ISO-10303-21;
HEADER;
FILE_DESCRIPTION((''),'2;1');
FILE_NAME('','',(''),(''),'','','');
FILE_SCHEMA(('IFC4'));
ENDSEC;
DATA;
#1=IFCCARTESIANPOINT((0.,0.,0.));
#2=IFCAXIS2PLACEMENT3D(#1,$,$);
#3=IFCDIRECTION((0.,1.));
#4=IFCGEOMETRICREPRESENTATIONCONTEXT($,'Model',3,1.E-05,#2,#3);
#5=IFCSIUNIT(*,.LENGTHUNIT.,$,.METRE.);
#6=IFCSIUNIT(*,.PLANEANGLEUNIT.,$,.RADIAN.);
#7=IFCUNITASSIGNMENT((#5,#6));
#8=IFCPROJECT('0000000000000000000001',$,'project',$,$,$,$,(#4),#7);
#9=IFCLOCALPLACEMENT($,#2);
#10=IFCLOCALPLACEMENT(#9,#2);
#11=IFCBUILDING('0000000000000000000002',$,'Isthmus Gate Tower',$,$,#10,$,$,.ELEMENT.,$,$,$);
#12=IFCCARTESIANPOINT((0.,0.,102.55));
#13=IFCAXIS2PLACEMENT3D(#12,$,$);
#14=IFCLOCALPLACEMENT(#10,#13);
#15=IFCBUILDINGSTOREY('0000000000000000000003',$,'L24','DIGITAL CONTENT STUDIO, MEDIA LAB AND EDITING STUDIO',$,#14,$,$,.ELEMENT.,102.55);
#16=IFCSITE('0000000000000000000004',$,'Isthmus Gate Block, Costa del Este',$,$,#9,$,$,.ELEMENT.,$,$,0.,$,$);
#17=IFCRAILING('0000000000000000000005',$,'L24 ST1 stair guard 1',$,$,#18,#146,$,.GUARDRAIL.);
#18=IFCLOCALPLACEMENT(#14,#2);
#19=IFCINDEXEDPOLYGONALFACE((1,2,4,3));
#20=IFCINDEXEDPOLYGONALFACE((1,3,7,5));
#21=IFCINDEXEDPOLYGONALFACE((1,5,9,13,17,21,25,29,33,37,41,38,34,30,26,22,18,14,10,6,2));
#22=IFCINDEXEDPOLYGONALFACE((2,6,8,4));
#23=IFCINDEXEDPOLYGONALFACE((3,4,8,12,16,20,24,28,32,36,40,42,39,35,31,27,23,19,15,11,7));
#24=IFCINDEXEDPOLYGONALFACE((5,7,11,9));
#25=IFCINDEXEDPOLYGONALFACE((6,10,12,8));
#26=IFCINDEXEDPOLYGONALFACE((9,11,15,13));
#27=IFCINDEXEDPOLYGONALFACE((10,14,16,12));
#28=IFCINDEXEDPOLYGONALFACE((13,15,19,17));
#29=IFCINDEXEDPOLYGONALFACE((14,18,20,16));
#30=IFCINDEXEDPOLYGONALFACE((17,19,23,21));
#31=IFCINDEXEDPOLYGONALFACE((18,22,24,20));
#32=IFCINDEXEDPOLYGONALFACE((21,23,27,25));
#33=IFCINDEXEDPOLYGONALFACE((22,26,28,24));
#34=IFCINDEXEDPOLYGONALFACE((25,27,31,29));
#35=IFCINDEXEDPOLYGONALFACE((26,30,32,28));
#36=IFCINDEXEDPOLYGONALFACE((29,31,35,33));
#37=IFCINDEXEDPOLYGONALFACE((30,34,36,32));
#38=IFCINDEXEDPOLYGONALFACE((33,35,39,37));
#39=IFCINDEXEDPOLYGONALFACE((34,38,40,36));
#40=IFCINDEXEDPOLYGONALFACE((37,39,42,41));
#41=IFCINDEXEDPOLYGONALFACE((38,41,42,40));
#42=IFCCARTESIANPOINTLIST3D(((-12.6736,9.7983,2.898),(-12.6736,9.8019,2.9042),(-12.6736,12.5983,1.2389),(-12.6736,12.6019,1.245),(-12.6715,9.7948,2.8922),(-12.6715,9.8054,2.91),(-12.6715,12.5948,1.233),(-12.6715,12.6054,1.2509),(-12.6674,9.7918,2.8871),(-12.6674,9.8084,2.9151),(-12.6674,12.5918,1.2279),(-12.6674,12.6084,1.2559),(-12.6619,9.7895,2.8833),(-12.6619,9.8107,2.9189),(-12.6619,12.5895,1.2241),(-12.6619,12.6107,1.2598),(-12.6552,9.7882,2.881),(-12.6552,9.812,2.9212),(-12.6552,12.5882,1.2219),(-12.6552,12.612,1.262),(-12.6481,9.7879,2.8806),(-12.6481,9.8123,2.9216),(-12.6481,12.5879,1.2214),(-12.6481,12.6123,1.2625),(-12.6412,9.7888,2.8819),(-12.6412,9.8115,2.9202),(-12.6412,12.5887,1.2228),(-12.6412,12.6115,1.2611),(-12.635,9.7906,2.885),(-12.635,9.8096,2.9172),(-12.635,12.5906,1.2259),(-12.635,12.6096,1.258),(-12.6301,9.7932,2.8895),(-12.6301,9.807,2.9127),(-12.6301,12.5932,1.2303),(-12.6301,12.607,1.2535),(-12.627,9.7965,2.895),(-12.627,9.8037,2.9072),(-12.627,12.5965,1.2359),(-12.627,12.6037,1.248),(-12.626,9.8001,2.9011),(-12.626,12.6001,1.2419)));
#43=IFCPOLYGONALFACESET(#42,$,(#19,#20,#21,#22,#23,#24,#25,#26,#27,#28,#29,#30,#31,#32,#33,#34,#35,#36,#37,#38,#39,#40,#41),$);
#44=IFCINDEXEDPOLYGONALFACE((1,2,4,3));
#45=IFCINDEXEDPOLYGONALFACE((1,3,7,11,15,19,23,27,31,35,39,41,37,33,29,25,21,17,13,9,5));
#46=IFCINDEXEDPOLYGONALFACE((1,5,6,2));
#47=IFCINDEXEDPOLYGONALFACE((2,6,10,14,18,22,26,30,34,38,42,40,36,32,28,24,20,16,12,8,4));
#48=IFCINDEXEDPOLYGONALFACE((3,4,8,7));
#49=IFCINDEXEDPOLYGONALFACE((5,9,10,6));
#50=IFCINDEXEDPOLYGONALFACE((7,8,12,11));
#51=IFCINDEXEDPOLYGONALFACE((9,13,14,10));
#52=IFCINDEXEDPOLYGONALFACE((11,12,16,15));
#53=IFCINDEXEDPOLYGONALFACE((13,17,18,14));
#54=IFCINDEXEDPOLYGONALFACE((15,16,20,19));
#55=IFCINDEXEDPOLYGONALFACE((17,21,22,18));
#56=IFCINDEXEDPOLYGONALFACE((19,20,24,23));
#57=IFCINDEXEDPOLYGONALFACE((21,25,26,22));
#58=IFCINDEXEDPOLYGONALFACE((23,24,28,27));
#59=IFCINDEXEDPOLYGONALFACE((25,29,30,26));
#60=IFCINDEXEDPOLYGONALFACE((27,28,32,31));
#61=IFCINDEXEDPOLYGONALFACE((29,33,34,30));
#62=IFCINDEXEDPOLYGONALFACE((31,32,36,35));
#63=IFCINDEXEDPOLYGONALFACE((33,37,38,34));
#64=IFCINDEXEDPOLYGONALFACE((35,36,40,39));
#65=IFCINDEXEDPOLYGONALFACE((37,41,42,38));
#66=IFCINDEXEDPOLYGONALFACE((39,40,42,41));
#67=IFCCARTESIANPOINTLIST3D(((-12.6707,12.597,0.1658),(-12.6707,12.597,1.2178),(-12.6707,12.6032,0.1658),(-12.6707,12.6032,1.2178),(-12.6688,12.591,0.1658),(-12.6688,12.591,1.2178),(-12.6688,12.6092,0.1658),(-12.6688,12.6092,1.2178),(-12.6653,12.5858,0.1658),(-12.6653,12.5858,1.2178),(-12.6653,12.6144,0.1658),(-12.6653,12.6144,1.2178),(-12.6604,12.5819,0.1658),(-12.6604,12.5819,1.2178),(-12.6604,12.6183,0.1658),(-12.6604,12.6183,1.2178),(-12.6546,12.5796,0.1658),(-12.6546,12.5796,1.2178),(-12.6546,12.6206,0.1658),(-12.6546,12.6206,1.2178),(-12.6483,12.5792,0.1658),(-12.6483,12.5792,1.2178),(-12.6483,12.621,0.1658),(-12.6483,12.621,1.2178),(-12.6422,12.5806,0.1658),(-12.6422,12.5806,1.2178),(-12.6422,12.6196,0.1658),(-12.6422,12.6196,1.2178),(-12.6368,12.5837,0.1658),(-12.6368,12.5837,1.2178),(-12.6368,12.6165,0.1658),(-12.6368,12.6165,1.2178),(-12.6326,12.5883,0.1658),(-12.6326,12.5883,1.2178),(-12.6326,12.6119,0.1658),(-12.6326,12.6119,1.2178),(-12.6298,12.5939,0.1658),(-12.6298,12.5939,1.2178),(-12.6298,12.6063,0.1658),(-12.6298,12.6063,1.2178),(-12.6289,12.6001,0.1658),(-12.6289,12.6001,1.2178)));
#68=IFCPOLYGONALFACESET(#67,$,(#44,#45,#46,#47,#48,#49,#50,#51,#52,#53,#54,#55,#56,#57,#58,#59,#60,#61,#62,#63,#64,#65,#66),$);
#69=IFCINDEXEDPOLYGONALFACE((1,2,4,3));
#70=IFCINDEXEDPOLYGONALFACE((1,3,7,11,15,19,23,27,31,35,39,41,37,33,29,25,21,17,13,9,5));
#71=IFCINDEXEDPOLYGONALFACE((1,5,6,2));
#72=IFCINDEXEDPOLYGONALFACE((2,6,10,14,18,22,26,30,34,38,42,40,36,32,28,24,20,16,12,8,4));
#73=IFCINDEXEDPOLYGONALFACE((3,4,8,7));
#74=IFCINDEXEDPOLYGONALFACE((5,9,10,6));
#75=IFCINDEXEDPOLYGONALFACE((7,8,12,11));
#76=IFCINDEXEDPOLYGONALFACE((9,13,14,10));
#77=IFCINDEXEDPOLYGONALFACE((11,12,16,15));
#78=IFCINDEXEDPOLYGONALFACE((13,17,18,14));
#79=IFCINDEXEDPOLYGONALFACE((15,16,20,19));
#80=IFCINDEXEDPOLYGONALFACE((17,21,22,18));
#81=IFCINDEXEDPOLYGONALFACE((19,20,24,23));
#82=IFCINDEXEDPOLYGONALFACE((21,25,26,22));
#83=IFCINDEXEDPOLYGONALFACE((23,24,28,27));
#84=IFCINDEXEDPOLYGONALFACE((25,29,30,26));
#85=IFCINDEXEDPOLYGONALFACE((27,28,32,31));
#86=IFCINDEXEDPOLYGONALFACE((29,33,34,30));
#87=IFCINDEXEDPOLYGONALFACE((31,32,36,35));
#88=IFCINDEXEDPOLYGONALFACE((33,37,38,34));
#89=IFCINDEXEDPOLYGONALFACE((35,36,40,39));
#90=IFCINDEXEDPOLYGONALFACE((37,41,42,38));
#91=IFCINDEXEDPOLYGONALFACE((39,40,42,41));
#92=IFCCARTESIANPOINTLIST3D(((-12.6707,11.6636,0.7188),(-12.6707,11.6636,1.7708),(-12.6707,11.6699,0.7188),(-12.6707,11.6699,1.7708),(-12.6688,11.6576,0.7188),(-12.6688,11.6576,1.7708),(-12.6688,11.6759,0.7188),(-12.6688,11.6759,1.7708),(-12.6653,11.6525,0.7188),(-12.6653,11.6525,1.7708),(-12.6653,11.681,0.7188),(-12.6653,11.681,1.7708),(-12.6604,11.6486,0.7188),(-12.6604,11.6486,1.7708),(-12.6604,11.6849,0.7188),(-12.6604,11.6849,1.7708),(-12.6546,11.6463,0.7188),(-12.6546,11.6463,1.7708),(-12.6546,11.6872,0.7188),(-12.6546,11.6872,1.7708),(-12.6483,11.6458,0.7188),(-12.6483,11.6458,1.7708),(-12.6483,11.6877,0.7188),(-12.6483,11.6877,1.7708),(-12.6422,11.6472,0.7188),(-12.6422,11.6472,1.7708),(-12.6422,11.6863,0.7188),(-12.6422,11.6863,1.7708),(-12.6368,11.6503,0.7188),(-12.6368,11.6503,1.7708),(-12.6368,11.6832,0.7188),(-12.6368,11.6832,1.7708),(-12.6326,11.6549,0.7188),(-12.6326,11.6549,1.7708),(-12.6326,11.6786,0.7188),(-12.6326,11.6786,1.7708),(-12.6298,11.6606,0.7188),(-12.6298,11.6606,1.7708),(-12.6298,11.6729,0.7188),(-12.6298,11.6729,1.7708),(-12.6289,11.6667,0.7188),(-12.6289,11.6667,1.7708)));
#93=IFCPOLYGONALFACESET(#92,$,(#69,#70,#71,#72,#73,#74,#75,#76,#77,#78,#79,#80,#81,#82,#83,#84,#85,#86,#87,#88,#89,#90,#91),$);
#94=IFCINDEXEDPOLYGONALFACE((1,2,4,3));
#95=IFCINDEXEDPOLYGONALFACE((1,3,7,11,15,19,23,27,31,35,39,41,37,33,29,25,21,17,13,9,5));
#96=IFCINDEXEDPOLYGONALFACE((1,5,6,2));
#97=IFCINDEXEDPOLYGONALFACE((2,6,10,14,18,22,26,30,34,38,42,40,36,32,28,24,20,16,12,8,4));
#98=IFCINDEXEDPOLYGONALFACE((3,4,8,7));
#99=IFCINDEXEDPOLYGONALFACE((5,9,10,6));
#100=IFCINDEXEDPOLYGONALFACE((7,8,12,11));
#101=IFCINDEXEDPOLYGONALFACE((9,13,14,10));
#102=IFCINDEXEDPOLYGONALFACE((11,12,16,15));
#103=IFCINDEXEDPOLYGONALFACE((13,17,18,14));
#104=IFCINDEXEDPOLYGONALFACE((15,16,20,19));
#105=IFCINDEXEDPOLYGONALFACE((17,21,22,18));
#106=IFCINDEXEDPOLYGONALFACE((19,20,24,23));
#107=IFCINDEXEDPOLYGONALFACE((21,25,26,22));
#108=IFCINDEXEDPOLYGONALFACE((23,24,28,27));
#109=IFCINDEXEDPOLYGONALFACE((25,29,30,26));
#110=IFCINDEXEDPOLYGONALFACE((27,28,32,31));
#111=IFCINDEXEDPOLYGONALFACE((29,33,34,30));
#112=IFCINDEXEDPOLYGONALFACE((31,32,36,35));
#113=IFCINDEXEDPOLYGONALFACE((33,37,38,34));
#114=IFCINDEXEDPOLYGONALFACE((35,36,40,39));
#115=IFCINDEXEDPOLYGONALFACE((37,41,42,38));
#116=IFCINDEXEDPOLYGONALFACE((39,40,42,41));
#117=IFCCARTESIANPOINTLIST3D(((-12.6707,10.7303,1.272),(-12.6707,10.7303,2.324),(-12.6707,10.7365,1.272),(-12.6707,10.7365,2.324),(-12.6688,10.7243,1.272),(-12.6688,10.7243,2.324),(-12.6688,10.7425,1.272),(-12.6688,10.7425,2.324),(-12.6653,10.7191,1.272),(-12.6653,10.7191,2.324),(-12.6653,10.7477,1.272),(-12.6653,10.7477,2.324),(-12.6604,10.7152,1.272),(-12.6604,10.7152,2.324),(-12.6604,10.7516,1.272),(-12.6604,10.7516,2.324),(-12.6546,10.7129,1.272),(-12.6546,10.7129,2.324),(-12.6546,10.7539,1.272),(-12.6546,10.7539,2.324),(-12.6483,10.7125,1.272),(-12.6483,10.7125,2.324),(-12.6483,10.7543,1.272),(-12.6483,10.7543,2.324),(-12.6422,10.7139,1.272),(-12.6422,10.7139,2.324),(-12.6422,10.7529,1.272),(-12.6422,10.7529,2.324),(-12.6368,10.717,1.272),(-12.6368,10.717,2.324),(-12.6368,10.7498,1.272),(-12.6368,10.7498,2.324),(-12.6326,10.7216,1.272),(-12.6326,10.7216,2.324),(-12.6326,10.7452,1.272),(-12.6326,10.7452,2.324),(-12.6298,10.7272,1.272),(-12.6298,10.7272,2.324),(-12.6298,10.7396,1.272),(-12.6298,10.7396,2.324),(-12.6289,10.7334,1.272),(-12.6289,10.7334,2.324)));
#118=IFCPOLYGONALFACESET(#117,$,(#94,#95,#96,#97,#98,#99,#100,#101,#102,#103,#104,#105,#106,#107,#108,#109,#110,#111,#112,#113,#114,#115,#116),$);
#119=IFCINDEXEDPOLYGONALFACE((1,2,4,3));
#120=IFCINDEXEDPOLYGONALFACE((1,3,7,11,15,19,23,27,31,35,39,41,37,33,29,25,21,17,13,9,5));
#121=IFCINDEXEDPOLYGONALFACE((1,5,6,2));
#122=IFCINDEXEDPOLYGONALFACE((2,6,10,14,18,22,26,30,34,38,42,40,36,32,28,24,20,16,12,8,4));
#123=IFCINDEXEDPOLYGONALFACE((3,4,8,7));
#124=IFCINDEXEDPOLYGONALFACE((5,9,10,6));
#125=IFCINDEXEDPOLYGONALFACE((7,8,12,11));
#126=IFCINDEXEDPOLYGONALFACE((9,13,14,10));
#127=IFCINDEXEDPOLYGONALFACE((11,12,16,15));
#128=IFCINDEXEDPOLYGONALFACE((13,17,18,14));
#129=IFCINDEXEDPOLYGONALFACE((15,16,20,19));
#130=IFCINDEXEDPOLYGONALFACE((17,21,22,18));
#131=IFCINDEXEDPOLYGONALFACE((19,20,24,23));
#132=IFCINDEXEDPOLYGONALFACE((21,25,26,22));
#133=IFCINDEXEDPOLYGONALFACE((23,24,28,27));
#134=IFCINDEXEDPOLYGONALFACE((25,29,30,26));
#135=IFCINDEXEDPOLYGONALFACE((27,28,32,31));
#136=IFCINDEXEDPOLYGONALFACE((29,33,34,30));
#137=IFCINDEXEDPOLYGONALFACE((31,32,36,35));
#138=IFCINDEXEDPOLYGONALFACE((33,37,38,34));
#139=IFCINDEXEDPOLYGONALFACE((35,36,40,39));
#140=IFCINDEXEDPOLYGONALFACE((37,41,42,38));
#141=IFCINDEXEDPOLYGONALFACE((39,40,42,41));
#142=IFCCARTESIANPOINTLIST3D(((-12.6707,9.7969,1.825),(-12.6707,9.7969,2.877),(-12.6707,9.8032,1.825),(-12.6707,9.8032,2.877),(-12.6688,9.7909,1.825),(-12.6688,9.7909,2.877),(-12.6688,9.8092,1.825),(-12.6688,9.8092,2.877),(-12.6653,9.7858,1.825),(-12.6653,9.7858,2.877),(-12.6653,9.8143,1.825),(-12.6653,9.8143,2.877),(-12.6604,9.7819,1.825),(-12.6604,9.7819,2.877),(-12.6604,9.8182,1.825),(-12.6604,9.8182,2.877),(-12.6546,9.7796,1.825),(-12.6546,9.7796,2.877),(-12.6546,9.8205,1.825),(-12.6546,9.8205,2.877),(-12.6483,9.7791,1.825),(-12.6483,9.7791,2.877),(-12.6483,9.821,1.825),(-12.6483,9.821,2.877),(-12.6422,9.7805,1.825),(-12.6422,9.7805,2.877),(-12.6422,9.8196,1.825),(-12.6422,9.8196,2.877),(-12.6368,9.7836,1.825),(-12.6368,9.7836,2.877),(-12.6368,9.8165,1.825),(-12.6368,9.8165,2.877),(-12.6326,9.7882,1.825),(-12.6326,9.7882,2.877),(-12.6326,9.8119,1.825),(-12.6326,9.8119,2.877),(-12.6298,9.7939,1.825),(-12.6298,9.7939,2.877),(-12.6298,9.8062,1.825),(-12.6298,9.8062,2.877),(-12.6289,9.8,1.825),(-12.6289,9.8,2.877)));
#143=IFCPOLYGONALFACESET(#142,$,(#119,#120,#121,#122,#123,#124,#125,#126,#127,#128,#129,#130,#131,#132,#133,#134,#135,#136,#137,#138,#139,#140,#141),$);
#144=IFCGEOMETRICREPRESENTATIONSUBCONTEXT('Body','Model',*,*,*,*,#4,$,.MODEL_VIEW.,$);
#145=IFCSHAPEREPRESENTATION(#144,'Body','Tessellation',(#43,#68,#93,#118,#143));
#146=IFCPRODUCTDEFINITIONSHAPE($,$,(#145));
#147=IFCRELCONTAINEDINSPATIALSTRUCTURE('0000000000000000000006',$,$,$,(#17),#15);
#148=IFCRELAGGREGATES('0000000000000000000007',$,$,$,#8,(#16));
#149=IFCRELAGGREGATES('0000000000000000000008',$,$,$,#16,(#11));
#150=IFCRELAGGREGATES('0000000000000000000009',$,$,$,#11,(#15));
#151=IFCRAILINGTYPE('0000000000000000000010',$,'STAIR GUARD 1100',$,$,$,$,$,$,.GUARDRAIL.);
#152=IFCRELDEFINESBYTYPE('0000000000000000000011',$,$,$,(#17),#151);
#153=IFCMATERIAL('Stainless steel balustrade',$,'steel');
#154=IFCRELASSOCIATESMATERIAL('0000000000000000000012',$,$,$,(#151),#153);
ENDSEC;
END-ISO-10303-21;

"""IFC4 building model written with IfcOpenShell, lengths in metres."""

from ifc_helpers import new_model, si_unit, direction, frame, origin, origin_2d, place, context, subcontext, project, spatial, circle, extrude, material, type_object, element, save


model = new_model("IFC4")

# Units and contexts
model_context = context("Model", 3, precision=1e-05, world=origin(), true_north=direction((0.0, 1.0)))
body_context = subcontext(model_context, "Body", "Model", "MODEL_VIEW")
ifc_project = project(units=[si_unit("LENGTHUNIT", "METRE"), si_unit("PLANEANGLEUNIT", "RADIAN")], contexts=[model_context])

# Site, building, storey
site_placement = place(None, origin())
site = spatial("IfcSite", under=ifc_project, at=site_placement, Name="Isthmus Gate Block, Costa del Este", CompositionType="ELEMENT", RefElevation=0.0)
building_placement = place(site_placement, origin())
building = spatial("IfcBuilding", under=site, at=building_placement, Name="Isthmus Gate Tower", CompositionType="ELEMENT")
storey_placement = place(building_placement, frame((0.0, 0.0, 102.55)))
storey = spatial("IfcBuildingStorey", under=building, at=storey_placement, Name="L24", Description="DIGITAL CONTENT STUDIO, MEDIA LAB AND EDITING STUDIO", CompositionType="ELEMENT", Elevation=102.55)

# Railing
ifc_material_1 = material(Name="Stainless steel balustrade", Category="steel")
railing_type_1 = type_object("IfcRailingType", Name="STAIR GUARD 1100", PredefinedType="GUARDRAIL", material=ifc_material_1)
railing_1_placement = place(storey_placement, frame((-12.6499, 12.6001, 0.1658)))
element("IfcRailing", 1, at=railing_1_placement, inside=storey, type_object=railing_type_1, Name="L24 ST1 stair guard 1", PredefinedType="GUARDRAIL", context=body_context, shape_type="SweptSolid", body=[
    extrude(circle(Radius=0.0239, at=origin_2d()), frame((0.0, 0.0, 1.0762), z_axis=(0.0, -0.860306, 0.509778), x_axis=(1.0, 0.0, 0.0)), (0.0, 0.0, 1.0), 3.2546),
    extrude(circle(Radius=0.021, at=origin_2d()), origin(), (0.0, 0.0, 1.0), 1.052),
    extrude(circle(Radius=0.021, at=origin_2d()), frame((0.0, -0.9333, 0.553)), (0.0, 0.0, 1.0), 1.052),
    extrude(circle(Radius=0.021, at=origin_2d()), frame((0.0, -1.8667, 1.1062)), (0.0, 0.0, 1.0), 1.052),
    extrude(circle(Radius=0.021, at=origin_2d()), frame((0.0, -2.8, 1.6592)), (0.0, 0.0, 1.0), 1.052),
])

save(model, "model.ifc")
